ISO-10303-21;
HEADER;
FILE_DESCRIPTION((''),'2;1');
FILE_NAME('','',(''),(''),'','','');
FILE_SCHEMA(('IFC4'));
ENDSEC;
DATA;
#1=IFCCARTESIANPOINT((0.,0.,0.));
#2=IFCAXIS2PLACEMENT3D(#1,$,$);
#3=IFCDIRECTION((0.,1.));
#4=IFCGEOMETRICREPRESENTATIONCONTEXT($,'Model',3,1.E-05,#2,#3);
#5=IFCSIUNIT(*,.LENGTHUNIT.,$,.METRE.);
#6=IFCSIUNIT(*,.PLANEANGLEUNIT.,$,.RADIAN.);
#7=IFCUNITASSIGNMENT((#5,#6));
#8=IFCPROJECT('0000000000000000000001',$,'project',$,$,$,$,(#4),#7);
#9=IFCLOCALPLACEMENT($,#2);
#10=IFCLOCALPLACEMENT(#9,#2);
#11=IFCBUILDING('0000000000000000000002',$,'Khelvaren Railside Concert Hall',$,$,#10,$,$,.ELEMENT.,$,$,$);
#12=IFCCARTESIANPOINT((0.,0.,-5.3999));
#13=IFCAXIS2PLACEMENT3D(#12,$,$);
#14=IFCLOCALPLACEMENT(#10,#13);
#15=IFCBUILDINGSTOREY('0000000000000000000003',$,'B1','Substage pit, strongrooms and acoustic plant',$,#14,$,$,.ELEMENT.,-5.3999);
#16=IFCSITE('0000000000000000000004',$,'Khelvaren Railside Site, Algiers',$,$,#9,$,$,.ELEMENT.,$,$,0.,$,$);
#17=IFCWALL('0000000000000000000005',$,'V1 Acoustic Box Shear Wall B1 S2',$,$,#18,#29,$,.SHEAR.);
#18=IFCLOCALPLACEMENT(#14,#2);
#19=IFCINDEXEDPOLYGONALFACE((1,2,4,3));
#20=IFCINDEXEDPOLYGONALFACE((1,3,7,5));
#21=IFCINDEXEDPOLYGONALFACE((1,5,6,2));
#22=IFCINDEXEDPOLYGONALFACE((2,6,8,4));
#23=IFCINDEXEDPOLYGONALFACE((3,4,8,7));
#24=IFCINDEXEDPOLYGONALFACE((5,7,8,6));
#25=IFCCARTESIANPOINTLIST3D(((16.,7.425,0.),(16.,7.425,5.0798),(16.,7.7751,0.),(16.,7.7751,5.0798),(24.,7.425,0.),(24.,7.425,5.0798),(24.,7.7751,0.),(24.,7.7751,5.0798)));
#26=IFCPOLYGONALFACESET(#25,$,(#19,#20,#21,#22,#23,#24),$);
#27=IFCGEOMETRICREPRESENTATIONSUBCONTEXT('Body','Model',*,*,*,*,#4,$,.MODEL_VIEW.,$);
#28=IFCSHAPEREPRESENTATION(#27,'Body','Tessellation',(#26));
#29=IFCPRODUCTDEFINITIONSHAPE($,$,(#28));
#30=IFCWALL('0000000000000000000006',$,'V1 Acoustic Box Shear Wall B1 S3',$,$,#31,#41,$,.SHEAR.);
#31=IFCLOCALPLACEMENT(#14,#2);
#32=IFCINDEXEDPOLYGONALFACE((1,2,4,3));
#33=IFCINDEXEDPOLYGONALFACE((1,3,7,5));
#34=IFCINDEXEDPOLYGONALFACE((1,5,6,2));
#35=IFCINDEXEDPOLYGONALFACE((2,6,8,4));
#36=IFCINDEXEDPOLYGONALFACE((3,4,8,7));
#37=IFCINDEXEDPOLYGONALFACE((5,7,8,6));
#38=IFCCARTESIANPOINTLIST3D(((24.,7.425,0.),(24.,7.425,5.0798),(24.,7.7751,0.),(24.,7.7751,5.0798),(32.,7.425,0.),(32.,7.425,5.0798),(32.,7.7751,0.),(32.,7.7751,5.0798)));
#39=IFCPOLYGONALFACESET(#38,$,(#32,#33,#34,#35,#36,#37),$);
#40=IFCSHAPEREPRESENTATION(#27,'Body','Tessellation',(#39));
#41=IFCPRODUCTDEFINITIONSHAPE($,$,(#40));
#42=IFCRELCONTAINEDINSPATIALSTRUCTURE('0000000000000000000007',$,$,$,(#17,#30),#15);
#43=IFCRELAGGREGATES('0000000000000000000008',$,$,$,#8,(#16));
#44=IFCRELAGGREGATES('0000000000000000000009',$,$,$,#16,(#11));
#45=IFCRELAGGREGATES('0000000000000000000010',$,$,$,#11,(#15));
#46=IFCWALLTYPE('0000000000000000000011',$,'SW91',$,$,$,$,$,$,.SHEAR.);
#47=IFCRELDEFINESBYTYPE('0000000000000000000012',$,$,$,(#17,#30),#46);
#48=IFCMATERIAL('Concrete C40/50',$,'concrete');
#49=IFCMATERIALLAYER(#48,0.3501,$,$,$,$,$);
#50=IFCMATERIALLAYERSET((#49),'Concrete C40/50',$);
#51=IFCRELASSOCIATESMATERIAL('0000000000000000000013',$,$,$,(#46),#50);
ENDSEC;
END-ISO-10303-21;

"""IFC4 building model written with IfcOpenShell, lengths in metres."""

from ifc_helpers import new_model, si_unit, direction, frame, frame_2d, origin, place, context, subcontext, project, spatial, rectangle, extrude, material, layer, layer_set, type_object, element, save


model = new_model("IFC4")

# Units and contexts
model_context = context("Model", 3, precision=1e-05, world=origin(), true_north=direction((0.0, 1.0)))
body_context = subcontext(model_context, "Body", "Model", "MODEL_VIEW")
ifc_project = project(units=[si_unit("LENGTHUNIT", "METRE"), si_unit("PLANEANGLEUNIT", "RADIAN")], contexts=[model_context])

# Site, building, storey
site_placement = place(None, origin())
site = spatial("IfcSite", under=ifc_project, at=site_placement, Name="Khelvaren Railside Site, Algiers", CompositionType="ELEMENT", RefElevation=0.0)
building_placement = place(site_placement, origin())
building = spatial("IfcBuilding", under=site, at=building_placement, Name="Khelvaren Railside Concert Hall", CompositionType="ELEMENT")
storey_placement = place(building_placement, frame((0.0, 0.0, -5.3999)))
storey = spatial("IfcBuildingStorey", under=building, at=storey_placement, Name="B1", Description="Substage pit, strongrooms and acoustic plant", CompositionType="ELEMENT", Elevation=-5.3999)

# Walls
ifc_material_1 = material(Name="Concrete C40/50", Category="concrete")
ifc_layer_1 = layer(ifc_material_1, 0.3501)
ifc_layer_set_1 = layer_set([ifc_layer_1], Name="Concrete C40/50")
wall_type_1 = type_object("IfcWallType", Name="SW91", PredefinedType="SHEAR", material=ifc_layer_set_1)
for number, where, z_axis, x_axis, name in (
    (1, (16.0, 7.6001, 0.0), (0.0, 0.0, 1.0), (1.0, 0.0, 0.0), "V1 Acoustic Box Shear Wall B1 S2"),
    (2, (24.0, 7.6001, 0.0), (0.0, 0.0, 1.0), (1.0, 0.0, 0.0), "V1 Acoustic Box Shear Wall B1 S3"),
):
    element("IfcWall", number, at=place(storey_placement, frame(where, z_axis=z_axis, x_axis=x_axis)), inside=storey, type_object=wall_type_1, Name=name, PredefinedType="SHEAR", context=body_context, shape_type="SweptSolid", body=[
        extrude(rectangle(XDim=8.0, YDim=0.3501, at=frame_2d((4.0, 0.0))), origin(), (0.0, 0.0, 1.0), 5.0798),
    ])

save(model, "model.ifc")
